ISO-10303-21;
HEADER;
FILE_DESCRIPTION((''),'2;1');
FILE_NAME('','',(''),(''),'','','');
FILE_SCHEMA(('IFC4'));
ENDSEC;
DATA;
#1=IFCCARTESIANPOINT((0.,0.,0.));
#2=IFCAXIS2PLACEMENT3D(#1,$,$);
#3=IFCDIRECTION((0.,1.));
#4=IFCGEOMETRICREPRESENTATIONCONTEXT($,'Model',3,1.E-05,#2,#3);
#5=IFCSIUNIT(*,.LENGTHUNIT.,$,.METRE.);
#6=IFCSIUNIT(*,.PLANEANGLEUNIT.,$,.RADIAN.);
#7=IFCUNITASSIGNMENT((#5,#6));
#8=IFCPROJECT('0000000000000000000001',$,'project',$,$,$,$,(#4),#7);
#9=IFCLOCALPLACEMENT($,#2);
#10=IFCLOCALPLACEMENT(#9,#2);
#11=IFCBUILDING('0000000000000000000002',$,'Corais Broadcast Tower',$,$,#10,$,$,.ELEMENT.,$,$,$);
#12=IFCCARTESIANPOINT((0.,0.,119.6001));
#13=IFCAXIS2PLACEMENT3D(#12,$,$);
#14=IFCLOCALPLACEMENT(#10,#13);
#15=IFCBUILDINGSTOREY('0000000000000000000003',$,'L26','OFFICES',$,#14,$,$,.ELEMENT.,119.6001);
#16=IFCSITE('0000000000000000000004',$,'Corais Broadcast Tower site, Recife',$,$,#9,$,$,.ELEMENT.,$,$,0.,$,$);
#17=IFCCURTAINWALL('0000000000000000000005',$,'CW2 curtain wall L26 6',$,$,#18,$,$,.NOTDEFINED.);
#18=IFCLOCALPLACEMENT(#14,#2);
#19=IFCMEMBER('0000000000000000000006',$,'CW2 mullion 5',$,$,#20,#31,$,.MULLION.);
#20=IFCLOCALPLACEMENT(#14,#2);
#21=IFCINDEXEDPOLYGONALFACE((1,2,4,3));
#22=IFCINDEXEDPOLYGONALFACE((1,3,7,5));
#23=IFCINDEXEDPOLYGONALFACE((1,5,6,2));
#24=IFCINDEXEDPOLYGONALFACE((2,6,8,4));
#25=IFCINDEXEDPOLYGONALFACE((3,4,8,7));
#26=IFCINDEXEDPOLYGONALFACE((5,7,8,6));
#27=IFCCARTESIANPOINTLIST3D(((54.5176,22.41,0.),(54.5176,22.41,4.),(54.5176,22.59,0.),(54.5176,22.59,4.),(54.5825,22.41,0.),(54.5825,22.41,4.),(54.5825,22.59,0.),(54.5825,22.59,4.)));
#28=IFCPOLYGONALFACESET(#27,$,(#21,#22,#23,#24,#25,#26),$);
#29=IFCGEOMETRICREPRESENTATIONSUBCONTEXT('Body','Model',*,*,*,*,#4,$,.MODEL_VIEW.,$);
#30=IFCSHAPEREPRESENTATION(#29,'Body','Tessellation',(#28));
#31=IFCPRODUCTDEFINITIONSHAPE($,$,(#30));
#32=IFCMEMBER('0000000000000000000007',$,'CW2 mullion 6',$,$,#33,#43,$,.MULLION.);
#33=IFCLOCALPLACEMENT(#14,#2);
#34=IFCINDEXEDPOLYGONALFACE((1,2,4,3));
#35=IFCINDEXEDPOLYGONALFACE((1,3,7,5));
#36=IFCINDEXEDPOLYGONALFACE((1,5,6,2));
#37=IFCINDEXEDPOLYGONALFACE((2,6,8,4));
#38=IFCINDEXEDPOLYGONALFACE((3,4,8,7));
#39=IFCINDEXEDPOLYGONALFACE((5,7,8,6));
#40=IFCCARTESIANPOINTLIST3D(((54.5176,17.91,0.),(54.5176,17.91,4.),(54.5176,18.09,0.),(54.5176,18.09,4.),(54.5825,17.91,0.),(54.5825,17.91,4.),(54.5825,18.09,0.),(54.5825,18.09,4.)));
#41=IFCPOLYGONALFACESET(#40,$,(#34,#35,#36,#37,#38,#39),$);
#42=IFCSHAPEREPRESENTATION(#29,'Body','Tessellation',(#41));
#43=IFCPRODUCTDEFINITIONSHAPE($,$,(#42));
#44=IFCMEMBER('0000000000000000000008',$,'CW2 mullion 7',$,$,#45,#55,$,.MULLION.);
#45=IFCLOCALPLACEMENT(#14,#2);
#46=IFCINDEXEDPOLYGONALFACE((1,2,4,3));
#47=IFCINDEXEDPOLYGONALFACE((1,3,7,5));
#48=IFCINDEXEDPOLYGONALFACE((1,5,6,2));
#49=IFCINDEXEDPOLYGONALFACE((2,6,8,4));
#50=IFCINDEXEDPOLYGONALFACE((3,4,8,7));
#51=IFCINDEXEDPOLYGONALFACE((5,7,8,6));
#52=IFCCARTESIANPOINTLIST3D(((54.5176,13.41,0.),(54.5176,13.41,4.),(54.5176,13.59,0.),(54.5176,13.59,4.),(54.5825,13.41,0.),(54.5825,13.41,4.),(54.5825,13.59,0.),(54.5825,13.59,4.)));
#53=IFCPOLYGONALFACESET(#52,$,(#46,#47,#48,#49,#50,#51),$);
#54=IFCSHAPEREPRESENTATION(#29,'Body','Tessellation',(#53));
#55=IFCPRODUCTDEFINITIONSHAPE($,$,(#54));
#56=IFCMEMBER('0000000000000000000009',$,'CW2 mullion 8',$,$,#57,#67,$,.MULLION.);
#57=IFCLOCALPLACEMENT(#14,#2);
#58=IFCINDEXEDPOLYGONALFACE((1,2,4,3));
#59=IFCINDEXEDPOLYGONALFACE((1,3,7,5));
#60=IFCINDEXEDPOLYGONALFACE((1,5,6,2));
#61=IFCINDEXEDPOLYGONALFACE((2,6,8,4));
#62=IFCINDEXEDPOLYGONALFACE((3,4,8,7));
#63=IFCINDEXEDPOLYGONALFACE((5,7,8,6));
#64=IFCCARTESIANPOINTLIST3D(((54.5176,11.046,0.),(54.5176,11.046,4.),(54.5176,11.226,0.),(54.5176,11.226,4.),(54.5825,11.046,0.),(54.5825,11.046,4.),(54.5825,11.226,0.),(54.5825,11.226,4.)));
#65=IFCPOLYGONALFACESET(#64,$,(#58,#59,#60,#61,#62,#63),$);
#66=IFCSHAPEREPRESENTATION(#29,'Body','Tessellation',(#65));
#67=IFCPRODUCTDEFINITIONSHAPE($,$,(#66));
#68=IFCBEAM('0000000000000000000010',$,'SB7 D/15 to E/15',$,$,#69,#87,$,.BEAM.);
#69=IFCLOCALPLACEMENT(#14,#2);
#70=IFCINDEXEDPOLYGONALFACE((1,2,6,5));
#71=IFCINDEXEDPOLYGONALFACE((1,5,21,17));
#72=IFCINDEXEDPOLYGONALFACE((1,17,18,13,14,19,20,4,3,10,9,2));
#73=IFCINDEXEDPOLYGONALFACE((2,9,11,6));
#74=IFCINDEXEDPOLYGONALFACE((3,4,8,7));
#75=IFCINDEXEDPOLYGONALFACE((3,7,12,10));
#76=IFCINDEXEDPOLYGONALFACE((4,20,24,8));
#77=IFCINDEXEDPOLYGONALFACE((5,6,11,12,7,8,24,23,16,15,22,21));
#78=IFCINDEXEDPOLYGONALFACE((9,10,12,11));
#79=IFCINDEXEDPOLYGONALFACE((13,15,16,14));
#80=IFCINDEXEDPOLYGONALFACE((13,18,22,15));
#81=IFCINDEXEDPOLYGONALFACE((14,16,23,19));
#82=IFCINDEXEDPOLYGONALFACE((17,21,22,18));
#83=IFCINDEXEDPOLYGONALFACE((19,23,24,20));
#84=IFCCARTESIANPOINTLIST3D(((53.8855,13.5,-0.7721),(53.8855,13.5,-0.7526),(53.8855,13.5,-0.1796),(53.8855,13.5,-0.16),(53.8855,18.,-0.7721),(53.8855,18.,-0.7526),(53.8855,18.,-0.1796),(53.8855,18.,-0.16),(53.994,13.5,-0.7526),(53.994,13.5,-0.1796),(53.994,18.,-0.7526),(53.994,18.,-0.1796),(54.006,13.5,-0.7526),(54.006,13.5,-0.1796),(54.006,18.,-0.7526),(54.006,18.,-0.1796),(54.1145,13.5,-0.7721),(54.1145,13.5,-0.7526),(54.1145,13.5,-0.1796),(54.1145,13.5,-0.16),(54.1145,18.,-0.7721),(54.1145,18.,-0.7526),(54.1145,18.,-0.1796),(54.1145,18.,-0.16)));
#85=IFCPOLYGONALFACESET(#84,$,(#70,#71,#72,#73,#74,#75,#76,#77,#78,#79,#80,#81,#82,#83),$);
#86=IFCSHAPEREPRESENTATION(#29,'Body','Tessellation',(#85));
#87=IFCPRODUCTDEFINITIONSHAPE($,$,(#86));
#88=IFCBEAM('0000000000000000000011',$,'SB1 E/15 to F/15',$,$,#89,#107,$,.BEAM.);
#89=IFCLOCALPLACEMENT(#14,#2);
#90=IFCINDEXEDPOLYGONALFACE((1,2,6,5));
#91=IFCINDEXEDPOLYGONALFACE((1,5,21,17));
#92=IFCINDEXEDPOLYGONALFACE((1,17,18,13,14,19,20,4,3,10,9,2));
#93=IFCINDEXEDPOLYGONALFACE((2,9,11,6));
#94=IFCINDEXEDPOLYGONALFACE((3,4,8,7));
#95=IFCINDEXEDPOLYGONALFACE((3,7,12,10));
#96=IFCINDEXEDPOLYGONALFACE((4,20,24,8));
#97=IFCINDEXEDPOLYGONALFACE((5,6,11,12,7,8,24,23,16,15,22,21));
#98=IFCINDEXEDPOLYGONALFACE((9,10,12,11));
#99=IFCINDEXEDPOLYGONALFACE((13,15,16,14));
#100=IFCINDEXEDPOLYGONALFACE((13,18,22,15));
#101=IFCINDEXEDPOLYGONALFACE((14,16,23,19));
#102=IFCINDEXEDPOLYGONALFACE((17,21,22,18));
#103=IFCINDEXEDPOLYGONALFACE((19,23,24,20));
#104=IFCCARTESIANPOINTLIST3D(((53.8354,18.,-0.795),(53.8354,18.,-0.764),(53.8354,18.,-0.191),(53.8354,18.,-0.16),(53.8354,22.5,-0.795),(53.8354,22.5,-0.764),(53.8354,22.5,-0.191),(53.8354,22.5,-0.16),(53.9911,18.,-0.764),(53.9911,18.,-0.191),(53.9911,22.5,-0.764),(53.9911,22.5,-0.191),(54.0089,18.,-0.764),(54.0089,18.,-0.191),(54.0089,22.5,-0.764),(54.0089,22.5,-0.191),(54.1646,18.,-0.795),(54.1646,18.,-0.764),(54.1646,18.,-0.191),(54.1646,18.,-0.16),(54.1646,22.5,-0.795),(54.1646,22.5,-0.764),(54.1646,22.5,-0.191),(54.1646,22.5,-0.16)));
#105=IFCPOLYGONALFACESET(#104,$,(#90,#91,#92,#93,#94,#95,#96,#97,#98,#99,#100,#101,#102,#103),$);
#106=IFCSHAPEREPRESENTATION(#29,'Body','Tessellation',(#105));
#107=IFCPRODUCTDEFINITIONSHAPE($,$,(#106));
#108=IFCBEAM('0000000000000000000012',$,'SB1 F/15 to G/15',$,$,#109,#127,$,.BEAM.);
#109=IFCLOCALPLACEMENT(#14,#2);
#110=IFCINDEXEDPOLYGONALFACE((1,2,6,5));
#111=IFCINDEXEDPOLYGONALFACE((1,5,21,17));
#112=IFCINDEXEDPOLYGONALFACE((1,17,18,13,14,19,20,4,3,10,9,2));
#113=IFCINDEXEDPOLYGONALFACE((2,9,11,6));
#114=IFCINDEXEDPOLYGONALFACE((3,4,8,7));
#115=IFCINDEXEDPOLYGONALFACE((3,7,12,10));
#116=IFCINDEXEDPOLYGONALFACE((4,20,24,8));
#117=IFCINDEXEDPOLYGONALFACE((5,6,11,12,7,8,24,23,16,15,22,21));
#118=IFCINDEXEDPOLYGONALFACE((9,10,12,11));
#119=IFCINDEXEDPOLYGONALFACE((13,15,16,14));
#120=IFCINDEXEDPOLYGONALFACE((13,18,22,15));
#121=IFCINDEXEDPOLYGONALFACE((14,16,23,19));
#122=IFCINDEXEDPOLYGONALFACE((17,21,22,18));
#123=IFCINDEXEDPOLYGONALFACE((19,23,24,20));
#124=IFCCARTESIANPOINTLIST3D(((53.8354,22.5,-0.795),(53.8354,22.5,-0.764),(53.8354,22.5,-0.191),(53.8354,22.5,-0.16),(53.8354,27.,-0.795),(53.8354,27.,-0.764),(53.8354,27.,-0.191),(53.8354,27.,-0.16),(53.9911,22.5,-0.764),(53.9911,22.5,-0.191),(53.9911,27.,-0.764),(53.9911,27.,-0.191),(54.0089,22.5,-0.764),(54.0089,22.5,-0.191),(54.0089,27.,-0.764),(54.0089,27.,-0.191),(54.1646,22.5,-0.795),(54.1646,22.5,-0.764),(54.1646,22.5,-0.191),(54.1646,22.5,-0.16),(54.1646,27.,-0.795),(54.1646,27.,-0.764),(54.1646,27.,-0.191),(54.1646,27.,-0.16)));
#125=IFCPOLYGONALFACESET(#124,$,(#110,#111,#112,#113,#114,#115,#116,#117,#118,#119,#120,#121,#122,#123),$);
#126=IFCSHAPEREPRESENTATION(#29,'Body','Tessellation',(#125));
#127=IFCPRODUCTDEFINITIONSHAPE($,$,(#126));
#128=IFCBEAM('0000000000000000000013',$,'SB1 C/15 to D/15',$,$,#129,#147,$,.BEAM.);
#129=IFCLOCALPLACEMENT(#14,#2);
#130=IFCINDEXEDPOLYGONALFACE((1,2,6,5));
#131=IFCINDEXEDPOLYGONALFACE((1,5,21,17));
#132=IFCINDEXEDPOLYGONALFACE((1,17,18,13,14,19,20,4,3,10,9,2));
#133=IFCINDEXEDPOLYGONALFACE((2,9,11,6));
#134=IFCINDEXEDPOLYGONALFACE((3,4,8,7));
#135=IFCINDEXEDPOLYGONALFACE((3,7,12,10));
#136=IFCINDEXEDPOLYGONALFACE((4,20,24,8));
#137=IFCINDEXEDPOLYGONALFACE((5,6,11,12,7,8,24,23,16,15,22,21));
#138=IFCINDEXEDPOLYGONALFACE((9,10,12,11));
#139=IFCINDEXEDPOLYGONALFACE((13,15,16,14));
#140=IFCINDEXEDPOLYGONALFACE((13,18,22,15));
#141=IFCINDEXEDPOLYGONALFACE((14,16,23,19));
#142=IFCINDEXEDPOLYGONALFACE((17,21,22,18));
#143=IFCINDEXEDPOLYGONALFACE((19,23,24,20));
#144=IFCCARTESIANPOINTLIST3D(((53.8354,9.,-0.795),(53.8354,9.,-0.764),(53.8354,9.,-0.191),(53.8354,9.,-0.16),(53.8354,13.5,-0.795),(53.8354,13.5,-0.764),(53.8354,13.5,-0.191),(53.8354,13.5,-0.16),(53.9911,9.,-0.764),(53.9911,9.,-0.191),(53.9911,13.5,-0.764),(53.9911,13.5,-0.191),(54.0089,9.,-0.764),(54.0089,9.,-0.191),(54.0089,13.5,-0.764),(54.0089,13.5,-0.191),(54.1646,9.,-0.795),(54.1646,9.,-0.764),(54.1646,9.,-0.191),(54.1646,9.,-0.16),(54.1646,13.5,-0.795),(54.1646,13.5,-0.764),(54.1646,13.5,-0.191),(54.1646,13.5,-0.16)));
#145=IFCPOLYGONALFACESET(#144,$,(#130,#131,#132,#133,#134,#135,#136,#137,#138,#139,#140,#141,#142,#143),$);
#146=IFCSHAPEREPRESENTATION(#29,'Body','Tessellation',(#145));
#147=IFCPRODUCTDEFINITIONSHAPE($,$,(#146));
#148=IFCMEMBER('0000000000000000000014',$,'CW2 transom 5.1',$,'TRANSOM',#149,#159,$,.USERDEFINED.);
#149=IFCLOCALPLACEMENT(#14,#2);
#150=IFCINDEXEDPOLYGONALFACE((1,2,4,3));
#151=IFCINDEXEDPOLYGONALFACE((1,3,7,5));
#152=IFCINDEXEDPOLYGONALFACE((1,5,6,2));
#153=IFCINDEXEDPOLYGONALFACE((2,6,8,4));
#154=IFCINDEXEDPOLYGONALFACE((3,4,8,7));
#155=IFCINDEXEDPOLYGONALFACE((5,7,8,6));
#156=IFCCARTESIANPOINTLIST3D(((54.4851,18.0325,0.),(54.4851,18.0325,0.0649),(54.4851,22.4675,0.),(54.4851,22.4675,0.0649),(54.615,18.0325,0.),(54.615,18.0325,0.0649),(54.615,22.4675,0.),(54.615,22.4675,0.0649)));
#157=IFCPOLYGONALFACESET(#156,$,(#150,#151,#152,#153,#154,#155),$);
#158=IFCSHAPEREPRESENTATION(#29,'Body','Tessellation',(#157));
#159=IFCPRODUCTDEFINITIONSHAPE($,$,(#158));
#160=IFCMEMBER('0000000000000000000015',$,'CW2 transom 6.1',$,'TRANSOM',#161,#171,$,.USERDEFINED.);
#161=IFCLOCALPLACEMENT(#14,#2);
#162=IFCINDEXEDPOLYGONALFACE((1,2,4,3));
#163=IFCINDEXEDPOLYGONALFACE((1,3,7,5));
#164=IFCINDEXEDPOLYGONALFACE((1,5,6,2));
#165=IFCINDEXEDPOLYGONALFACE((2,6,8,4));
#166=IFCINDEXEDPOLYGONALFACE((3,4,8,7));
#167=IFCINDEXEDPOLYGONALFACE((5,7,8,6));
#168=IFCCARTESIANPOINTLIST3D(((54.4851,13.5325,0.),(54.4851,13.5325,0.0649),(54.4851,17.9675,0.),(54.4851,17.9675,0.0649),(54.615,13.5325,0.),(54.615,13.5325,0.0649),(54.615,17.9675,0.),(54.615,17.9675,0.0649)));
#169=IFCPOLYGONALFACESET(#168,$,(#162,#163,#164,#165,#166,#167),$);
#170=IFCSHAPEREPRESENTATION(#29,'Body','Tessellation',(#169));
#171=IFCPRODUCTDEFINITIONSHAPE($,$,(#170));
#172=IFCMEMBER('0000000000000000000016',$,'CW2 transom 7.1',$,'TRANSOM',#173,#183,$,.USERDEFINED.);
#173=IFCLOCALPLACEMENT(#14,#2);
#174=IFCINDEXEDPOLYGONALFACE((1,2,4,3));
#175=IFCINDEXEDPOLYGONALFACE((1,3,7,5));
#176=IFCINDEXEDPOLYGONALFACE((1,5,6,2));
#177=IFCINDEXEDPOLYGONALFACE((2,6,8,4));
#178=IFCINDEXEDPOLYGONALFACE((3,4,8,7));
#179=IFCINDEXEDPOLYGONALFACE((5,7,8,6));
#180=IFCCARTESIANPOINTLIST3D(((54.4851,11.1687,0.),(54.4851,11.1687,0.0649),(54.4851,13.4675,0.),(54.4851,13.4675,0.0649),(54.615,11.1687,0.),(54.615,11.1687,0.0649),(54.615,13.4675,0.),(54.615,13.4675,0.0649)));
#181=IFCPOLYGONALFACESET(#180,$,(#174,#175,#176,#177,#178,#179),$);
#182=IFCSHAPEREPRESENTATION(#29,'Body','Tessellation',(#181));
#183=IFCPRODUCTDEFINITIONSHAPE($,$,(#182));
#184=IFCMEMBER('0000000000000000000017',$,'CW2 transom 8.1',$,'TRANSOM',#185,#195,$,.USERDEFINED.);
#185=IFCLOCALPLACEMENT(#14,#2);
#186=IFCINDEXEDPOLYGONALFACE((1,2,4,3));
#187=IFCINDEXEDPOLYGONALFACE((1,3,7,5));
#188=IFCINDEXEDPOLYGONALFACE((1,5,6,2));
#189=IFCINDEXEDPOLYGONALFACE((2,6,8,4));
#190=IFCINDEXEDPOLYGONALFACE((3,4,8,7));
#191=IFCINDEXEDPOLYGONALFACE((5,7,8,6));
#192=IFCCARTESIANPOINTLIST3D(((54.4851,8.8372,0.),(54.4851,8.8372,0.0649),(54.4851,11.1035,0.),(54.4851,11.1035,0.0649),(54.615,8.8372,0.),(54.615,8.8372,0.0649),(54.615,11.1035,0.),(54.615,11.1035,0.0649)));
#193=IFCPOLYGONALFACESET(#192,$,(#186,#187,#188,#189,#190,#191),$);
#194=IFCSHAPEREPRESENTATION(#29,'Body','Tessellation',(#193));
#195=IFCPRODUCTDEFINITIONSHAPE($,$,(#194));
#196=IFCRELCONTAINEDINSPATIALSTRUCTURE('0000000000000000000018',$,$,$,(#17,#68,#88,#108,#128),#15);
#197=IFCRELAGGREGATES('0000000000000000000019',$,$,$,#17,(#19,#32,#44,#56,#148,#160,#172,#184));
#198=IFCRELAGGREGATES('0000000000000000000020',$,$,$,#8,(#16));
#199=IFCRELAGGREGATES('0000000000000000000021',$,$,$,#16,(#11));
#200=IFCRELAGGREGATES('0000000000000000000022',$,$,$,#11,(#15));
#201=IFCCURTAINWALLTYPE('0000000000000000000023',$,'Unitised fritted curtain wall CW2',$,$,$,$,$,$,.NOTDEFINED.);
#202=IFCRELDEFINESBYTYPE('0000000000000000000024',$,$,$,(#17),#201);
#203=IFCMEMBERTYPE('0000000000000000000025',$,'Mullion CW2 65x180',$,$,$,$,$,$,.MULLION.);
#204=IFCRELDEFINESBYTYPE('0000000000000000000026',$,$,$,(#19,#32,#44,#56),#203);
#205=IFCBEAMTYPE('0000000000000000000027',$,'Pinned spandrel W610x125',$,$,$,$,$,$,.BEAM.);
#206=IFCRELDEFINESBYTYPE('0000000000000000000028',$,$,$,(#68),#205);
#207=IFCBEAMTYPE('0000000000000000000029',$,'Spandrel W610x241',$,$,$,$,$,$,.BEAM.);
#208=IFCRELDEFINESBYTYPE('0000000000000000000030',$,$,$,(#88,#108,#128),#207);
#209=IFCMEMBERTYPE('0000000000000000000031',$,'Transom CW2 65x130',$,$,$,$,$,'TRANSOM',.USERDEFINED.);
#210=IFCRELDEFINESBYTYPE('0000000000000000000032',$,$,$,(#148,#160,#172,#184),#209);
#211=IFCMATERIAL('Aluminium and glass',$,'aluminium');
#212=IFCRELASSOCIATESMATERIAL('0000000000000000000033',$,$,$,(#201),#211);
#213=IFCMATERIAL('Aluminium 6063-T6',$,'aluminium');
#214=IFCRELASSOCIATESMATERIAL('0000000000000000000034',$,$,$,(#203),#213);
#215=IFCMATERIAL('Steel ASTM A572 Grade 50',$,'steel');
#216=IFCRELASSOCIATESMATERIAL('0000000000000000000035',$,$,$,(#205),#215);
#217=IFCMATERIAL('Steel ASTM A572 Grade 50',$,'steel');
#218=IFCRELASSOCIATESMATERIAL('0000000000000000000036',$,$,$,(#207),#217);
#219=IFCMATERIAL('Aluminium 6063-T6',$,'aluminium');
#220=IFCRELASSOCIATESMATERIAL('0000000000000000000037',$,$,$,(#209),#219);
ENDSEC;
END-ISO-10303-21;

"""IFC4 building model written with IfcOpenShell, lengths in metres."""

from ifc_helpers import new_model, si_unit, direction, frame, origin, origin_2d, place, context, subcontext, project, spatial, rectangle, i_section, extrude, material, material_profile, profile_set, type_object, element, aggregate, save


model = new_model("IFC4")

# Units and contexts
model_context = context("Model", 3, precision=1e-05, world=origin(), true_north=direction((0.0, 1.0)))
body_context = subcontext(model_context, "Body", "Model", "MODEL_VIEW")
ifc_project = project(units=[si_unit("LENGTHUNIT", "METRE"), si_unit("PLANEANGLEUNIT", "RADIAN")], contexts=[model_context])

# Site, building, storey
site_placement = place(None, origin())
site = spatial("IfcSite", under=ifc_project, at=site_placement, Name="Corais Broadcast Tower site, Recife", CompositionType="ELEMENT", RefElevation=0.0)
building_placement = place(site_placement, origin())
building = spatial("IfcBuilding", under=site, at=building_placement, Name="Corais Broadcast Tower", CompositionType="ELEMENT")
storey_placement = place(building_placement, frame((0.0, 0.0, 119.6001)))
storey = spatial("IfcBuildingStorey", under=building, at=storey_placement, Name="L26", Description="OFFICES", CompositionType="ELEMENT", Elevation=119.6001)

# Curtain wall, members
ifc_material_1 = material(Name="Aluminium and glass", Category="aluminium")
curtain_wall_type = type_object("IfcCurtainWallType", Name="Unitised fritted curtain wall CW2", PredefinedType="NOTDEFINED", material=ifc_material_1)
curtain_wall_placement = place(storey_placement, origin())
curtain_wall = element("IfcCurtainWall", 1, at=curtain_wall_placement, inside=storey, type_object=curtain_wall_type, Name="CW2 curtain wall L26 6", PredefinedType="NOTDEFINED")
ifc_material_2 = material(Name="Aluminium 6063-T6", Category="aluminium")
ifc_material_profile_1 = material_profile(ifc_material_2, rectangle(XDim=0.0649, YDim=0.1799, at=origin_2d()), Name="Mullion CW2 65x180")
ifc_profile_set_1 = profile_set([ifc_material_profile_1], Name="Aluminium 6063-T6")
member_type_1 = type_object("IfcMemberType", Name="Mullion CW2 65x180", PredefinedType="MULLION", material=ifc_profile_set_1)
member_1_placement = place(storey_placement, frame((54.55, 22.5, 0.0), z_axis=(0.0, 0.0, 1.0), x_axis=(1.0, 0.0, 0.0)))
member_1 = element("IfcMember", 2, at=member_1_placement, type_object=member_type_1, Name="CW2 mullion 5", PredefinedType="MULLION", context=body_context, shape_type="SweptSolid", body=[
    extrude(rectangle(XDim=0.0649, YDim=0.1799, at=origin_2d()), origin(), (0.0, 0.0, 1.0), 4.0),
])
member_2_placement = place(storey_placement, frame((54.55, 18.0, 0.0), z_axis=(0.0, 0.0, 1.0), x_axis=(1.0, 0.0, 0.0)))
member_2 = element("IfcMember", 3, at=member_2_placement, type_object=member_type_1, Name="CW2 mullion 6", PredefinedType="MULLION", context=body_context, shape_type="SweptSolid", body=[
    extrude(rectangle(XDim=0.0649, YDim=0.1799, at=origin_2d()), origin(), (0.0, 0.0, 1.0), 4.0),
])
member_3_placement = place(storey_placement, frame((54.55, 13.5, 0.0), z_axis=(0.0, 0.0, 1.0), x_axis=(1.0, 0.0, 0.0)))
member_3 = element("IfcMember", 4, at=member_3_placement, type_object=member_type_1, Name="CW2 mullion 7", PredefinedType="MULLION", context=body_context, shape_type="SweptSolid", body=[
    extrude(rectangle(XDim=0.0649, YDim=0.1799, at=origin_2d()), origin(), (0.0, 0.0, 1.0), 4.0),
])
member_4_placement = place(storey_placement, frame((54.55, 11.136, 0.0), z_axis=(0.0, 0.0, 1.0), x_axis=(1.0, 0.0, 0.0)))
member_4 = element("IfcMember", 5, at=member_4_placement, type_object=member_type_1, Name="CW2 mullion 8", PredefinedType="MULLION", context=body_context, shape_type="SweptSolid", body=[
    extrude(rectangle(XDim=0.0649, YDim=0.1799, at=origin_2d()), origin(), (0.0, 0.0, 1.0), 4.0),
])

# Beams
ifc_material_3 = material(Name="Steel ASTM A572 Grade 50", Category="steel")
ifc_material_profile_2 = material_profile(ifc_material_3, i_section(OverallWidth=0.229, OverallDepth=0.6121, WebThickness=0.012, FlangeThickness=0.0195, at=origin_2d()), Name="W610x125")
ifc_profile_set_2 = profile_set([ifc_material_profile_2], Name="Steel ASTM A572 Grade 50")
beam_type_1 = type_object("IfcBeamType", Name="Pinned spandrel W610x125", PredefinedType="BEAM", material=ifc_profile_set_2)
beam_1_placement = place(storey_placement, frame((54.0, 13.5, -0.4661), z_axis=(0.0, 1.0, 0.0), x_axis=(-1.0, 0.0, 0.0)))
element("IfcBeam", 6, at=beam_1_placement, inside=storey, type_object=beam_type_1, Name="SB7 D/15 to E/15", PredefinedType="BEAM", context=body_context, shape_type="SweptSolid", body=[
    extrude(i_section(OverallWidth=0.229, OverallDepth=0.6121, WebThickness=0.012, FlangeThickness=0.0195, at=origin_2d()), origin(), (0.0, 0.0, 1.0), 4.5),
])
ifc_material_4 = material(Name="Steel ASTM A572 Grade 50", Category="steel")
ifc_material_profile_3 = material_profile(ifc_material_4, i_section(OverallWidth=0.3291, OverallDepth=0.635, WebThickness=0.0178, FlangeThickness=0.031, at=origin_2d()), Name="W610x241")
ifc_profile_set_3 = profile_set([ifc_material_profile_3], Name="Steel ASTM A572 Grade 50")
beam_type_2 = type_object("IfcBeamType", Name="Spandrel W610x241", PredefinedType="BEAM", material=ifc_profile_set_3)
for number, where, z_axis, x_axis, name in (
    (7, (54.0, 18.0, -0.4775), (0.0, 1.0, 0.0), (-1.0, 0.0, 0.0), "SB1 E/15 to F/15"),
    (8, (54.0, 22.5, -0.4775), (0.0, 1.0, 0.0), (-1.0, 0.0, 0.0), "SB1 F/15 to G/15"),
    (9, (54.0, 9.0, -0.4775), (0.0, 1.0, 0.0), (-1.0, 0.0, 0.0), "SB1 C/15 to D/15"),
):
    element("IfcBeam", number, at=place(storey_placement, frame(where, z_axis=z_axis, x_axis=x_axis)), inside=storey, type_object=beam_type_2, Name=name, PredefinedType="BEAM", context=body_context, shape_type="SweptSolid", body=[
        extrude(i_section(OverallWidth=0.3291, OverallDepth=0.635, WebThickness=0.0178, FlangeThickness=0.031, at=origin_2d()), origin(), (0.0, 0.0, 1.0), 4.5),
    ])

# Members
ifc_material_5 = material(Name="Aluminium 6063-T6", Category="aluminium")
ifc_material_profile_4 = material_profile(ifc_material_5, rectangle(XDim=0.1299, YDim=0.0649, at=origin_2d()), Name="Transom CW2 65x130")
ifc_profile_set_4 = profile_set([ifc_material_profile_4], Name="Aluminium 6063-T6")
member_type_2 = type_object("IfcMemberType", Name="Transom CW2 65x130", ElementType="TRANSOM", PredefinedType="USERDEFINED", material=ifc_profile_set_4)
member_5_placement = place(storey_placement, frame((54.55, 22.4675, 0.0325), z_axis=(0.0, -1.0, 0.0), x_axis=(1.0, 0.0, 0.0)))
member_5 = element("IfcMember", 10, at=member_5_placement, type_object=member_type_2, Name="CW2 transom 5.1", ObjectType="TRANSOM", PredefinedType="USERDEFINED", context=body_context, shape_type="SweptSolid", body=[
    extrude(rectangle(XDim=0.1299, YDim=0.0649, at=origin_2d()), origin(), (0.0, 0.0, 1.0), 4.4351),
])
member_6_placement = place(storey_placement, frame((54.55, 17.9675, 0.0325), z_axis=(0.0, -1.0, 0.0), x_axis=(1.0, 0.0, 0.0)))
member_6 = element("IfcMember", 11, at=member_6_placement, type_object=member_type_2, Name="CW2 transom 6.1", ObjectType="TRANSOM", PredefinedType="USERDEFINED", context=body_context, shape_type="SweptSolid", body=[
    extrude(rectangle(XDim=0.1299, YDim=0.0649, at=origin_2d()), origin(), (0.0, 0.0, 1.0), 4.4351),
])
member_7_placement = place(storey_placement, frame((54.55, 13.4675, 0.0325), z_axis=(0.0, -1.0, 0.0), x_axis=(1.0, 0.0, 0.0)))
member_7 = element("IfcMember", 12, at=member_7_placement, type_object=member_type_2, Name="CW2 transom 7.1", ObjectType="TRANSOM", PredefinedType="USERDEFINED", context=body_context, shape_type="SweptSolid", body=[
    extrude(rectangle(XDim=0.1299, YDim=0.0649, at=origin_2d()), origin(), (0.0, 0.0, 1.0), 2.2988),
])
member_8_placement = place(storey_placement, frame((54.55, 11.1035, 0.0325), z_axis=(0.0, -1.0, 0.0), x_axis=(1.0, 0.0, 0.0)))
member_8 = element("IfcMember", 13, at=member_8_placement, type_object=member_type_2, Name="CW2 transom 8.1", ObjectType="TRANSOM", PredefinedType="USERDEFINED", context=body_context, shape_type="SweptSolid", body=[
    extrude(rectangle(XDim=0.1299, YDim=0.0649, at=origin_2d()), origin(), (0.0, 0.0, 1.0), 2.2664),
])

aggregate(curtain_wall, [member_1, member_2, member_3, member_4, member_5, member_6, member_7, member_8])

save(model, "model.ifc")
